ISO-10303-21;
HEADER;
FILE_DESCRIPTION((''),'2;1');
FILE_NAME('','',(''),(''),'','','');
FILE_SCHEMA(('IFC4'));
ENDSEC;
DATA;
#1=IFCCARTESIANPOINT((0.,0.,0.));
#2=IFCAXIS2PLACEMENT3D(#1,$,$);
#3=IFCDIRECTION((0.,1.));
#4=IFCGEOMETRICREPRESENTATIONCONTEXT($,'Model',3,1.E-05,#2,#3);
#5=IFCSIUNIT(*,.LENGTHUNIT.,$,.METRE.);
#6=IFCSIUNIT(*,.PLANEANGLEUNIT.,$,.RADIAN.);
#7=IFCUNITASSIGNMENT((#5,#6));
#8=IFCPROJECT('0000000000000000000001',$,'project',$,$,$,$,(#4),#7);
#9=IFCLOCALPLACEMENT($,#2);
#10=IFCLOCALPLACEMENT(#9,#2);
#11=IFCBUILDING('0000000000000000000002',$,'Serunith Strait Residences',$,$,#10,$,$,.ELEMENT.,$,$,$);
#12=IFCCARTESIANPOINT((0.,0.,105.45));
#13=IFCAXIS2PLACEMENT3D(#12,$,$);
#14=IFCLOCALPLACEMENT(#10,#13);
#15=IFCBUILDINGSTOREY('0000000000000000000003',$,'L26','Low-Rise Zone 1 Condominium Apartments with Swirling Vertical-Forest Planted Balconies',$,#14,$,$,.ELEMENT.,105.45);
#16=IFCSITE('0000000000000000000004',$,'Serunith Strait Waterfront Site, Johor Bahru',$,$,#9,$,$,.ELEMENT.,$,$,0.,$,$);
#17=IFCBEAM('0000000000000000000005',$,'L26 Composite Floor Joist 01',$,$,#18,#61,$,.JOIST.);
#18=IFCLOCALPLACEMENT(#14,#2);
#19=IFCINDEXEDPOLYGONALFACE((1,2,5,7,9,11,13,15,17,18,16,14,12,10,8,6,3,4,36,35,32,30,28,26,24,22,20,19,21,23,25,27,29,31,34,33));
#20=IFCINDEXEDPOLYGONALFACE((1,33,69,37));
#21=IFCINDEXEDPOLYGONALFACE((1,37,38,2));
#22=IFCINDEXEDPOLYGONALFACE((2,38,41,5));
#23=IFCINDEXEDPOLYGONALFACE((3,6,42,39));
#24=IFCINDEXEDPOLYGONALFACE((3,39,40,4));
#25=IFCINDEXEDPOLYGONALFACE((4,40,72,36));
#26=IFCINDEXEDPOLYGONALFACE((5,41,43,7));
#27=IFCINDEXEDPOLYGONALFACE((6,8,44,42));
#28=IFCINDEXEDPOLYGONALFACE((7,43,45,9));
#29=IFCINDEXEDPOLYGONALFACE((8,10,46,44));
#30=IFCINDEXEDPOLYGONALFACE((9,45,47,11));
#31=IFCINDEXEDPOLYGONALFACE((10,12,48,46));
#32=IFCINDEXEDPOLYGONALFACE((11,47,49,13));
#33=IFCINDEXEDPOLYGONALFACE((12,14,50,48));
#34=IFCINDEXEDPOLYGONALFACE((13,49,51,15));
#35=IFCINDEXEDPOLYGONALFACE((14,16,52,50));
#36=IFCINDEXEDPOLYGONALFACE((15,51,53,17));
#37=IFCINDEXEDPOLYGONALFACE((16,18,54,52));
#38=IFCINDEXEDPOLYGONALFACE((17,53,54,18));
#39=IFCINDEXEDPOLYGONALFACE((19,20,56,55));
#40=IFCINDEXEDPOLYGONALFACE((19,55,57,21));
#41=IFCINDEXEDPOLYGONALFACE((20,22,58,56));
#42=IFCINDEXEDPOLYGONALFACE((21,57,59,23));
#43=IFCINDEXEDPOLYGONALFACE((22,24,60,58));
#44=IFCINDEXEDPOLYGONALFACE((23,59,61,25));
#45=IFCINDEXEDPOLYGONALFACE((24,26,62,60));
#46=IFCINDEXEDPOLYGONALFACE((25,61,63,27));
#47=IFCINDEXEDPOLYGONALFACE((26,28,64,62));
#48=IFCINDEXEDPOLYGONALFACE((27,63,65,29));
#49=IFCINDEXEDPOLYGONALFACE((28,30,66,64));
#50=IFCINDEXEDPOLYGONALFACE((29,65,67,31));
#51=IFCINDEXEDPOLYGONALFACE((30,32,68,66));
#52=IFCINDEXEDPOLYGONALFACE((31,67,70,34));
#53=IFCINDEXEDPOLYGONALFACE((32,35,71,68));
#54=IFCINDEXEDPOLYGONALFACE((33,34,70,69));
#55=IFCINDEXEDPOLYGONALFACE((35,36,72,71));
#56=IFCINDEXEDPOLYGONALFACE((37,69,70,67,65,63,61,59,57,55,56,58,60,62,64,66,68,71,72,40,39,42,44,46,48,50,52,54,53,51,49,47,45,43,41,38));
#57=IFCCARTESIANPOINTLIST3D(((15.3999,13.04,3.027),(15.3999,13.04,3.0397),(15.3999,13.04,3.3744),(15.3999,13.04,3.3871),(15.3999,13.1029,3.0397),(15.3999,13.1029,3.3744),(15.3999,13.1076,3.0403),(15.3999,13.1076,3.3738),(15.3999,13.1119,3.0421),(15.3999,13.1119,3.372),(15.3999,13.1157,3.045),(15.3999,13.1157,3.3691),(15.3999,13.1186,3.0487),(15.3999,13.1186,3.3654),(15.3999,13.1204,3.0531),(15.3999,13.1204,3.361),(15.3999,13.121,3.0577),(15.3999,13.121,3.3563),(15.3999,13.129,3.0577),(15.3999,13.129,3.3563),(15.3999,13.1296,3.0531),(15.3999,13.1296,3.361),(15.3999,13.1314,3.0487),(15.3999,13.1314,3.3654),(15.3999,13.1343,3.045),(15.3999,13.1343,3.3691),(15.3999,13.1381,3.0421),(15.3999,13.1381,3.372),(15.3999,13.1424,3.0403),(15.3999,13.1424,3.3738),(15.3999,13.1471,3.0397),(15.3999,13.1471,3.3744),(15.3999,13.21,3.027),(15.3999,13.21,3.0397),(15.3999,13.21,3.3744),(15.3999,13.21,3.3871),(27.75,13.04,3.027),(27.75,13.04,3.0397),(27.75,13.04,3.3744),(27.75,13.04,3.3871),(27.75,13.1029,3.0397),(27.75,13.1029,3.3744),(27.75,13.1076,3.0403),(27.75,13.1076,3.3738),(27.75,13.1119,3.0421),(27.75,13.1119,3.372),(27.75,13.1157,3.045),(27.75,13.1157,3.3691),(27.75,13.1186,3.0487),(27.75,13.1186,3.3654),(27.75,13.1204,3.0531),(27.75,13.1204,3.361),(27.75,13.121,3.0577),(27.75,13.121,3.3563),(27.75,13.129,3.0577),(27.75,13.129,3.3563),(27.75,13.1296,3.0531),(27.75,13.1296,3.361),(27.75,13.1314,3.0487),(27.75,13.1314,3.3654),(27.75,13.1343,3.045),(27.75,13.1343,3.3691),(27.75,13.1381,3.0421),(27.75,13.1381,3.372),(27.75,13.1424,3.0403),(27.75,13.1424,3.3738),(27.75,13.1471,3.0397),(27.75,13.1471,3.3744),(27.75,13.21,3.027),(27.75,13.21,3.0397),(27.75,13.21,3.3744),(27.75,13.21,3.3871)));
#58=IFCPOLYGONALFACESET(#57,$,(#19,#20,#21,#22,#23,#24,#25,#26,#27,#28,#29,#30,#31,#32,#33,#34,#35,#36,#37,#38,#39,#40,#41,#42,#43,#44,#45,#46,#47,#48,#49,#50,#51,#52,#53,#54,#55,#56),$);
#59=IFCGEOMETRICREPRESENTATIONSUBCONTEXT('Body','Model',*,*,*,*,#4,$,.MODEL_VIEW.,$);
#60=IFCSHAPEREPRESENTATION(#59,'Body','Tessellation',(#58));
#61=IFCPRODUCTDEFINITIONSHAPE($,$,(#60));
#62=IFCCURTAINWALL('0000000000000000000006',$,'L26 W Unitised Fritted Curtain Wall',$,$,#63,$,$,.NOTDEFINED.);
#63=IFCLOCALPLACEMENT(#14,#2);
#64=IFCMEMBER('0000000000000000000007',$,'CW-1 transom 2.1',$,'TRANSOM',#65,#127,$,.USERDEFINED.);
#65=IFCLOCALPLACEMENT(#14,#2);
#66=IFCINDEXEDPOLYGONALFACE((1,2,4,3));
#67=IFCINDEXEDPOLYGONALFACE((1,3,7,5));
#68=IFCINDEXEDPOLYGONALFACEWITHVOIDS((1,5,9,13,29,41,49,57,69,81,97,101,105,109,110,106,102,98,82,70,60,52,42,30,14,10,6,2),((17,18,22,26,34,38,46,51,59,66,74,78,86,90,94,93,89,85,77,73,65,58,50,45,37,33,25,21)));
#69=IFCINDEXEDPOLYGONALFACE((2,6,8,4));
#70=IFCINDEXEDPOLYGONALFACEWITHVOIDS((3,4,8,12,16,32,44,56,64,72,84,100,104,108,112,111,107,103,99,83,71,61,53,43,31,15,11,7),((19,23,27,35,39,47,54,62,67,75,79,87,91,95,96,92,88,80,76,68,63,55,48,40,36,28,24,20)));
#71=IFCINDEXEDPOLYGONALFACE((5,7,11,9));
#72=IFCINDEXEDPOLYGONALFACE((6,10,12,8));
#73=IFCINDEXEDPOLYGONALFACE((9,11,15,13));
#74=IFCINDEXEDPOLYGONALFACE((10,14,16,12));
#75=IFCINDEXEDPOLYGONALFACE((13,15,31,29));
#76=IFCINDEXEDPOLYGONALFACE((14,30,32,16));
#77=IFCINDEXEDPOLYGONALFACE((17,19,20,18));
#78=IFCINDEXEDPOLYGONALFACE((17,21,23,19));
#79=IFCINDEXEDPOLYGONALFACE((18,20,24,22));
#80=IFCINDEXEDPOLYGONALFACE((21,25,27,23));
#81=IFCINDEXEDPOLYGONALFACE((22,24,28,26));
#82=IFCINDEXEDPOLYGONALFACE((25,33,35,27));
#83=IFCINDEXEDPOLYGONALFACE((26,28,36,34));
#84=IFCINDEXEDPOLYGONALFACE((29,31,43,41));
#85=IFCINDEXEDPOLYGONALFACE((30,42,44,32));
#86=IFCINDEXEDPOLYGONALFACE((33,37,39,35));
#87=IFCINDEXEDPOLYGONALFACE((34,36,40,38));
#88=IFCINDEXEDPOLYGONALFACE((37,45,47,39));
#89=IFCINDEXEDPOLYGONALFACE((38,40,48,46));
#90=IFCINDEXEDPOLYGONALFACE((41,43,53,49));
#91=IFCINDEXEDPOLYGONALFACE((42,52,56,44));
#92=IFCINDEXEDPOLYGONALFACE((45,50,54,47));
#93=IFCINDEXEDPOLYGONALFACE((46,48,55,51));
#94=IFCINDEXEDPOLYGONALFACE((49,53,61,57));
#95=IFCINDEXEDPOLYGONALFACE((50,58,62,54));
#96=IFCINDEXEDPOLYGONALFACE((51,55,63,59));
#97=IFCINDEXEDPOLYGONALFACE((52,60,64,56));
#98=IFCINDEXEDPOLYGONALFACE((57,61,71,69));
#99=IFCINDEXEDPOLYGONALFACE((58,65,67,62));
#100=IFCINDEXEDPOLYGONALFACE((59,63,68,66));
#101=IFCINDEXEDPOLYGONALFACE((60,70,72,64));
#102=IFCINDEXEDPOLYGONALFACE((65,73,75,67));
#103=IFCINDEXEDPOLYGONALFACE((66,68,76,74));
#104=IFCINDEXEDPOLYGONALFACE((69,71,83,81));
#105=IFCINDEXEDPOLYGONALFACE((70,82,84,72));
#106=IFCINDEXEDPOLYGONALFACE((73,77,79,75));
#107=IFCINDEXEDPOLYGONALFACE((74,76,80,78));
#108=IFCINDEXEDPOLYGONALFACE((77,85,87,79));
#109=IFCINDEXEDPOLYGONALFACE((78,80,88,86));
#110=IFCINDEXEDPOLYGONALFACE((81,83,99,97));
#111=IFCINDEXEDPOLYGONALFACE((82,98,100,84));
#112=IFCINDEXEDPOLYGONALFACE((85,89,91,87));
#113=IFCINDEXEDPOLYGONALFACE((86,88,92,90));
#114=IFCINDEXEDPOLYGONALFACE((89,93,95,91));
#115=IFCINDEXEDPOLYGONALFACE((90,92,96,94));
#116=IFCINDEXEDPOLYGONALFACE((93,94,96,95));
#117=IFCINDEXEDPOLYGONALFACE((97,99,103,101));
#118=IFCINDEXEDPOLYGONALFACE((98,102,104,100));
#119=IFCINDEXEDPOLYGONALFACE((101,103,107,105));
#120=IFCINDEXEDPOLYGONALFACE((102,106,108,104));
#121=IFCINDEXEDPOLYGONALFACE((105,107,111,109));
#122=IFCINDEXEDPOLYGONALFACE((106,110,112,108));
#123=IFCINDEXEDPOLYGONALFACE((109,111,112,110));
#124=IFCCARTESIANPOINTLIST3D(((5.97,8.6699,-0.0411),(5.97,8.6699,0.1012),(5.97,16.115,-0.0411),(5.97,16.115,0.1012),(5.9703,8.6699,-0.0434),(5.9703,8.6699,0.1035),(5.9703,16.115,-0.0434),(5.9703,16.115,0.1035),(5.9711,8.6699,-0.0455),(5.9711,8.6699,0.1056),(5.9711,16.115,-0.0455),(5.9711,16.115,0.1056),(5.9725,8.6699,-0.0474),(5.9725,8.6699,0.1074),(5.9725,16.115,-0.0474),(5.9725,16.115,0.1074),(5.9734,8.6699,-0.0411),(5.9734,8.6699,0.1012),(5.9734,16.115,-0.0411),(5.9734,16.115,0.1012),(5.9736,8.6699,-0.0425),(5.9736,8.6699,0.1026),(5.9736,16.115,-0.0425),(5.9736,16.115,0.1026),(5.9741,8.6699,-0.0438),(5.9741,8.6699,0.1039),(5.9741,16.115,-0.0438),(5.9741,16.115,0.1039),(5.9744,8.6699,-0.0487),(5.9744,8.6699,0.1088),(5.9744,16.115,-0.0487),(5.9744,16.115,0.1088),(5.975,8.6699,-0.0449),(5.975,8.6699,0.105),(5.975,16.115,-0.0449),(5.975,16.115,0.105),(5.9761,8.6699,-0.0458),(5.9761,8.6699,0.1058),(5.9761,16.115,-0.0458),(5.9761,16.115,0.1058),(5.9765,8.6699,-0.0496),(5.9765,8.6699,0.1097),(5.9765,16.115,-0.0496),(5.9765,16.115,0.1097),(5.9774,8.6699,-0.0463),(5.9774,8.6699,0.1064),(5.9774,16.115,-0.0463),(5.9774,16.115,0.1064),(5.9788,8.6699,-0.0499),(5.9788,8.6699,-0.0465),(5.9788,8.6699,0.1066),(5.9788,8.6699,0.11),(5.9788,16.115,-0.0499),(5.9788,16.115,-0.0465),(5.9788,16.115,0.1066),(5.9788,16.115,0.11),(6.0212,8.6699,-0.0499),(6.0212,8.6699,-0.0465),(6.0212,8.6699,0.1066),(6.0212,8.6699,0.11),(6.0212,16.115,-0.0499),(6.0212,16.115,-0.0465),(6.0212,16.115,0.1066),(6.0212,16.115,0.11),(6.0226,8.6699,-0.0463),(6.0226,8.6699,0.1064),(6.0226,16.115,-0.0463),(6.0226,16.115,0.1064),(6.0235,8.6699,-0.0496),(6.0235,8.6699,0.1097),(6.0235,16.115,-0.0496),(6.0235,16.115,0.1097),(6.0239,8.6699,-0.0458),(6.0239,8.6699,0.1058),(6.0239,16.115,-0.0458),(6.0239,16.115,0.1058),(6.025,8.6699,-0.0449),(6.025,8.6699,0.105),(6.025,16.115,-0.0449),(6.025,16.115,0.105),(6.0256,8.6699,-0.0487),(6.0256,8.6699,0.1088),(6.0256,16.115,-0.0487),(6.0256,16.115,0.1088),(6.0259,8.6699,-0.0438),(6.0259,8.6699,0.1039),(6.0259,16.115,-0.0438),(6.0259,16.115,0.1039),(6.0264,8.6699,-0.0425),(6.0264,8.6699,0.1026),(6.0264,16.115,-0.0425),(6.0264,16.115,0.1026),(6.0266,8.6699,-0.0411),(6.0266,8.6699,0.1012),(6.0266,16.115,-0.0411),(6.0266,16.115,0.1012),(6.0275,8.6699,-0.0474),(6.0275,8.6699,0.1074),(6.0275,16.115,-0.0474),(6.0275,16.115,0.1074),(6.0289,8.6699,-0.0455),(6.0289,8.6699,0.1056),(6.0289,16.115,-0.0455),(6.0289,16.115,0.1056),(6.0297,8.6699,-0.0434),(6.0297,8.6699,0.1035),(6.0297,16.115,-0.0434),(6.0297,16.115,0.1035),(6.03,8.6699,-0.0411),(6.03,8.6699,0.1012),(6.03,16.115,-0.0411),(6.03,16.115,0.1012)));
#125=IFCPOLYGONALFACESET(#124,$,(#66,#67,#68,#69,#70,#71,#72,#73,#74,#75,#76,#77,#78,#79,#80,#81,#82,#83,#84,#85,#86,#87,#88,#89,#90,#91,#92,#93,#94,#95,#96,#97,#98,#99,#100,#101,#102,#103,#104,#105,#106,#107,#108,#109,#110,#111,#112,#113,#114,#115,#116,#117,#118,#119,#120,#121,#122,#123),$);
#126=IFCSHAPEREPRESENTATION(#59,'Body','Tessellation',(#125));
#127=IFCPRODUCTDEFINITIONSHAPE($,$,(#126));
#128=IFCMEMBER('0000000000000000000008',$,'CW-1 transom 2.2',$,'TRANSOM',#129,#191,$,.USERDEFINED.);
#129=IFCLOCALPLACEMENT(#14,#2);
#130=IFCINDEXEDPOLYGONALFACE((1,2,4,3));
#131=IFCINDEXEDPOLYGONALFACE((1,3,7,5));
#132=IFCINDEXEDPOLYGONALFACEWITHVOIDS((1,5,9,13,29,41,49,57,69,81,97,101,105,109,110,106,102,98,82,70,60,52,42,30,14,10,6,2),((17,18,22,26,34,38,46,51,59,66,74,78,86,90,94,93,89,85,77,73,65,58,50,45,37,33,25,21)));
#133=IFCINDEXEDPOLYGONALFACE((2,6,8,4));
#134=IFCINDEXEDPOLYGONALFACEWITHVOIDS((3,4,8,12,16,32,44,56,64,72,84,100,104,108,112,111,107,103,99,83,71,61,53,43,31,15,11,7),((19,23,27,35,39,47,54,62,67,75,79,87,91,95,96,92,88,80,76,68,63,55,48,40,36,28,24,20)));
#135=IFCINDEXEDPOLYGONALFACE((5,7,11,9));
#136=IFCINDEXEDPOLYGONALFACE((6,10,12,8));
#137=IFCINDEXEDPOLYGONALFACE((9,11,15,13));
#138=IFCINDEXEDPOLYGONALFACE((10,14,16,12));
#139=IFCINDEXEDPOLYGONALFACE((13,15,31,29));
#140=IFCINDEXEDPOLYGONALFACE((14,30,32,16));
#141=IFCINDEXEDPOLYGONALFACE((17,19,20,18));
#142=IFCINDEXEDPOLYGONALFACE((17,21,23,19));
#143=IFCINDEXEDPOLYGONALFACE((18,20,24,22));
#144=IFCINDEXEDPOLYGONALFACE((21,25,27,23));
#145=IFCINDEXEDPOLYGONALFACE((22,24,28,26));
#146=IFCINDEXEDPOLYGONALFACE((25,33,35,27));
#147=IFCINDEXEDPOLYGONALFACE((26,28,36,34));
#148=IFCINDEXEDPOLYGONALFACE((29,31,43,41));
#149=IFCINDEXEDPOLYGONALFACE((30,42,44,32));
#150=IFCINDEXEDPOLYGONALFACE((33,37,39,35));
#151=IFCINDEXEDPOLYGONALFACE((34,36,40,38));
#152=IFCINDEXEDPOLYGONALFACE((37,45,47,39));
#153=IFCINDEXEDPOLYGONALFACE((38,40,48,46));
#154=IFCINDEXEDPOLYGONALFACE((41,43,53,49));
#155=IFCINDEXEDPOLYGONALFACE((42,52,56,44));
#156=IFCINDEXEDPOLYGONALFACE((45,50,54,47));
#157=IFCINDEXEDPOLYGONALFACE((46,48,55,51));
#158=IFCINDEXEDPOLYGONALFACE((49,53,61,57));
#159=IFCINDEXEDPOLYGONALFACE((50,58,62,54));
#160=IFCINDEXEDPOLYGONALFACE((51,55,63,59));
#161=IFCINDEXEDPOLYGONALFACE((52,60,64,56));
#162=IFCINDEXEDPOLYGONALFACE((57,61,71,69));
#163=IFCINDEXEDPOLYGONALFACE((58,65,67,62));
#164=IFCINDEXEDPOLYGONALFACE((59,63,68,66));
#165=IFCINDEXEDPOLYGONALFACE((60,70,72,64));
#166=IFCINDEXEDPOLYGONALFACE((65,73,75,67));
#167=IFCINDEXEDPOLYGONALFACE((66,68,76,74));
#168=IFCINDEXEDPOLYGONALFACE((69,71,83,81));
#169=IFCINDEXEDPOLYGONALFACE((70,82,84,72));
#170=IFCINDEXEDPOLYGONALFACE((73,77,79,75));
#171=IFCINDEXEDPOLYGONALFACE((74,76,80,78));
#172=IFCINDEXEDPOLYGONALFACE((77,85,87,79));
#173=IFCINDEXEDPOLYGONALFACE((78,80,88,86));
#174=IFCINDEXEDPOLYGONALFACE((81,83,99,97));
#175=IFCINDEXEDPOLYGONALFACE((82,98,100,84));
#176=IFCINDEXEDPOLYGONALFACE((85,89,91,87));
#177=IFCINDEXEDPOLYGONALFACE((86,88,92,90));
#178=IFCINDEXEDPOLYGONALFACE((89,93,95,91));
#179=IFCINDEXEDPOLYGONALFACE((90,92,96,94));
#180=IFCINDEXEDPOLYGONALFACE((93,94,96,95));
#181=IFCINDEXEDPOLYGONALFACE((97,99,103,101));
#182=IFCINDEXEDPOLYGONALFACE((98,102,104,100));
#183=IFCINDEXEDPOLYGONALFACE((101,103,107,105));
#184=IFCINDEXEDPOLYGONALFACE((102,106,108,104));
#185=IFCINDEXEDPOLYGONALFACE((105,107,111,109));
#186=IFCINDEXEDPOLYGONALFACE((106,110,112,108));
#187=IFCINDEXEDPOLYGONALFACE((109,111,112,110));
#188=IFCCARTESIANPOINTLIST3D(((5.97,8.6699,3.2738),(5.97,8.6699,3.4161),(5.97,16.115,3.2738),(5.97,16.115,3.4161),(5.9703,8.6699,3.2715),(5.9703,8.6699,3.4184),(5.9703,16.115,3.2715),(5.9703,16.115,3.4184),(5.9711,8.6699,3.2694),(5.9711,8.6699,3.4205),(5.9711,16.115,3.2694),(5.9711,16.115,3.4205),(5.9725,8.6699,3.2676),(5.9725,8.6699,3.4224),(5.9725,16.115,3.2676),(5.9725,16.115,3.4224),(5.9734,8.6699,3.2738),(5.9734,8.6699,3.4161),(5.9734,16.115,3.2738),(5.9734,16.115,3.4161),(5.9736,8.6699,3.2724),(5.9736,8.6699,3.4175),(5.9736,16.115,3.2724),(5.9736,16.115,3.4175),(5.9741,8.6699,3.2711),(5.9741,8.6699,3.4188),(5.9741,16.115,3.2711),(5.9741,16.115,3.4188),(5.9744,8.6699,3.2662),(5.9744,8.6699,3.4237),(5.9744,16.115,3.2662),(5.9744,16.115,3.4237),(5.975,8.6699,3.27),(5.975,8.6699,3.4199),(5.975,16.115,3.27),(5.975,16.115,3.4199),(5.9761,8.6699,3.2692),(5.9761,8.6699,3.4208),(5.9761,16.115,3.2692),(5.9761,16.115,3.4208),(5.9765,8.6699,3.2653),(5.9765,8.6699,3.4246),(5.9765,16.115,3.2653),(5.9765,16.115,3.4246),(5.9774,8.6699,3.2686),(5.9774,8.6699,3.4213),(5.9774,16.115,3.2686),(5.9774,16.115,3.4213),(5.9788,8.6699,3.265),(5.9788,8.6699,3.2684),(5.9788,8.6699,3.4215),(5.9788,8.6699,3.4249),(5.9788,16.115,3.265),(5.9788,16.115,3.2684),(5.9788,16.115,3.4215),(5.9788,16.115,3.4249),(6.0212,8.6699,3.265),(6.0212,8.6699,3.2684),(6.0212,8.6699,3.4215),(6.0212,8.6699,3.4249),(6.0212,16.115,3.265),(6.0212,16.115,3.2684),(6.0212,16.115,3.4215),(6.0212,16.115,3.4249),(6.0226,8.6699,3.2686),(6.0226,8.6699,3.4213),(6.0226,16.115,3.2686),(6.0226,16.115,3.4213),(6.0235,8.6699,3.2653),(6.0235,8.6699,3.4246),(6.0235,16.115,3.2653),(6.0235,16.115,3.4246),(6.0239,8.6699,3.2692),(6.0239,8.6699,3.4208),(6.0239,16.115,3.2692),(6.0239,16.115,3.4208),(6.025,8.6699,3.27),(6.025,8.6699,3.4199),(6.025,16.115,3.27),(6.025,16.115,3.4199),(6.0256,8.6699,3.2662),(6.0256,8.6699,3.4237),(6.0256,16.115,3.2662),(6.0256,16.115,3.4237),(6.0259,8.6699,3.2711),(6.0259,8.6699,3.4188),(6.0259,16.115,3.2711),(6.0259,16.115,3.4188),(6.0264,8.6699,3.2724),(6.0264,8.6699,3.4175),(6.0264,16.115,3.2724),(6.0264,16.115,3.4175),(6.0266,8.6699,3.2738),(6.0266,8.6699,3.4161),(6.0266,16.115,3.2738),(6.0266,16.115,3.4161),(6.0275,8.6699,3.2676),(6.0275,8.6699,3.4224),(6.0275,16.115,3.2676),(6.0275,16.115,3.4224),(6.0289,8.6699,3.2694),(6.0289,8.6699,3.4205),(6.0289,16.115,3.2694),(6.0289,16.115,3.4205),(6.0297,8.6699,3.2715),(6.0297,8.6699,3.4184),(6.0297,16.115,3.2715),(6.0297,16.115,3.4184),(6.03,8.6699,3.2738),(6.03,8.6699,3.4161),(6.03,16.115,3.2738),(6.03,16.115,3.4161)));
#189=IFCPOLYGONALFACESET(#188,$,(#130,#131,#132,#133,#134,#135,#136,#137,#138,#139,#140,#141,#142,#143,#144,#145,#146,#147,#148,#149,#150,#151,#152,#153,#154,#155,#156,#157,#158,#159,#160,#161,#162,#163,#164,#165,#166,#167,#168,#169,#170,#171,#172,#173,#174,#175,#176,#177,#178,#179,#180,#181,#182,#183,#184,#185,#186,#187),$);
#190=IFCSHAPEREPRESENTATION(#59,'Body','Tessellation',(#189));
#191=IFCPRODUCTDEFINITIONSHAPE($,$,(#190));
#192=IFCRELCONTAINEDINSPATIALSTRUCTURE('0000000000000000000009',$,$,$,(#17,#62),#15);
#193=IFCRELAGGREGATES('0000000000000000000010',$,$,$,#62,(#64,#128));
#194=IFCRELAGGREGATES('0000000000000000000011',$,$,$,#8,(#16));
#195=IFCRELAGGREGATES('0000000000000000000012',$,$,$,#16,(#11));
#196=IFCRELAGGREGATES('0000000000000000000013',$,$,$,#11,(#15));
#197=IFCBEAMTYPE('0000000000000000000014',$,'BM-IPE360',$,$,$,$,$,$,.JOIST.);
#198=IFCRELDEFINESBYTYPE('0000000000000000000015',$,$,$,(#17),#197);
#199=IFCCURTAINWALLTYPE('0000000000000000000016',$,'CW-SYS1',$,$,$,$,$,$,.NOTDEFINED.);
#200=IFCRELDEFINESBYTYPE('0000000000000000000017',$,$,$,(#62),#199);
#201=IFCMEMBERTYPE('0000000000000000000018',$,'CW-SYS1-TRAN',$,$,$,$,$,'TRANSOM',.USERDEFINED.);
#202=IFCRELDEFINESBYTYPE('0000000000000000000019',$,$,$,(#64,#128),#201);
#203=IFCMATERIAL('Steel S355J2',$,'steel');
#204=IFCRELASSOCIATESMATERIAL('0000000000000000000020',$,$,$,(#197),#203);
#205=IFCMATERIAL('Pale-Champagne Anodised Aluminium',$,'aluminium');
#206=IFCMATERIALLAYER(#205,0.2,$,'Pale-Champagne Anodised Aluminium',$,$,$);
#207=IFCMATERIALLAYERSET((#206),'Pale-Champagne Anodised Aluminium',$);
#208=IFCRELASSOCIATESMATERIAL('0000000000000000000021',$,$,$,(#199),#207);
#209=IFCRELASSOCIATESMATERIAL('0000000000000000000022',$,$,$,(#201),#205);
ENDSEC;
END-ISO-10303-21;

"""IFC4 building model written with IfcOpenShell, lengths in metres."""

from ifc_helpers import new_model, si_unit, direction, frame, origin, origin_2d, place, context, subcontext, project, spatial, hollow_rectangle, i_section, extrude, source, transform, mapped, material, layer, layer_set, material_profile, profile_set, type_object, element, aggregate, save


model = new_model("IFC4")

# Units and contexts
model_context = context("Model", 3, precision=1e-05, world=origin(), true_north=direction((0.0, 1.0)))
body_context = subcontext(model_context, "Body", "Model", "MODEL_VIEW")
ifc_project = project(units=[si_unit("LENGTHUNIT", "METRE"), si_unit("PLANEANGLEUNIT", "RADIAN")], contexts=[model_context])

# Site, building, storey
site_placement = place(None, origin())
site = spatial("IfcSite", under=ifc_project, at=site_placement, Name="Serunith Strait Waterfront Site, Johor Bahru", CompositionType="ELEMENT", RefElevation=0.0)
building_placement = place(site_placement, origin())
building = spatial("IfcBuilding", under=site, at=building_placement, Name="Serunith Strait Residences", CompositionType="ELEMENT")
storey_placement = place(building_placement, frame((0.0, 0.0, 105.45)))
storey = spatial("IfcBuildingStorey", under=building, at=storey_placement, Name="L26", Description="Low-Rise Zone 1 Condominium Apartments with Swirling Vertical-Forest Planted Balconies", CompositionType="ELEMENT", Elevation=105.45)

# Beam
ifc_material_1 = material(Name="Steel S355J2", Category="steel")
ifc_material_profile_1 = material_profile(ifc_material_1, i_section(OverallWidth=0.1699, OverallDepth=0.3601, WebThickness=0.0081, FlangeThickness=0.0127, FilletRadius=0.0181, at=origin_2d()), Name="IPE 360")
ifc_profile_set_1 = profile_set([ifc_material_profile_1], Name="Steel S355J2")
beam_type_1 = type_object("IfcBeamType", Name="BM-IPE360", PredefinedType="JOIST", material=ifc_profile_set_1)
shared_shape_1 = source(origin(), body_context, "Body", "SweptSolid", [
    extrude(i_section(OverallWidth=0.1699, OverallDepth=0.3601, WebThickness=0.0081, FlangeThickness=0.0127, FilletRadius=0.0181, at=origin_2d()), origin(), (0.0, 0.0, 1.0), 12.3501),
])
beam_1_placement = place(storey_placement, frame((15.3999, 13.125, 3.207), z_axis=(1.0, 0.0, 0.0), x_axis=(0.0, 1.0, 0.0)))
element("IfcBeam", 1, at=beam_1_placement, inside=storey, type_object=beam_type_1, Name="L26 Composite Floor Joist 01", PredefinedType="JOIST", context=body_context, shape_type="MappedRepresentation", body=[
    mapped(shared_shape_1, transform((0.0, 0.0, 0.0), scale=1.0)),
])

# Curtain wall, members
ifc_material_2 = material(Name="Pale-Champagne Anodised Aluminium", Category="aluminium")
ifc_layer_1 = layer(ifc_material_2, 0.2, Name="Pale-Champagne Anodised Aluminium")
ifc_layer_set_1 = layer_set([ifc_layer_1], Name="Pale-Champagne Anodised Aluminium")
curtain_wall_type = type_object("IfcCurtainWallType", Name="CW-SYS1", PredefinedType="NOTDEFINED", material=ifc_layer_set_1)
curtain_wall_placement = place(storey_placement, origin())
curtain_wall = element("IfcCurtainWall", 2, at=curtain_wall_placement, inside=storey, type_object=curtain_wall_type, Name="L26 W Unitised Fritted Curtain Wall", PredefinedType="NOTDEFINED")
ifc_material_profile_2 = material_profile(ifc_material_2, hollow_rectangle(XDim=0.0601, YDim=0.1599, WallThickness=0.0034, InnerFilletRadius=0.0054, OuterFilletRadius=0.0088, at=origin_2d()), Name="ALU 160x60x3.5")
ifc_profile_set_2 = profile_set([ifc_material_profile_2], Name="Pale-Champagne Anodised Aluminium")
member_type_1 = type_object("IfcMemberType", Name="CW-SYS1-TRAN", ElementType="TRANSOM", PredefinedType="USERDEFINED", material=ifc_profile_set_2)
shared_shape_2 = source(origin(), body_context, "Body", "SweptSolid", [
    extrude(hollow_rectangle(XDim=0.0601, YDim=0.1599, WallThickness=0.0034, InnerFilletRadius=0.0054, OuterFilletRadius=0.0088, at=origin_2d()), origin(), (0.0, 0.0, 1.0), 7.4451),
])
member_1_placement = place(storey_placement, frame((6.0, 16.115, 0.03), z_axis=(0.0, -1.0, 0.0), x_axis=(1.0, 0.0, 0.0)))
member_1 = element("IfcMember", 3, at=member_1_placement, type_object=member_type_1, Name="CW-1 transom 2.1", ObjectType="TRANSOM", PredefinedType="USERDEFINED", context=body_context, shape_type="MappedRepresentation", body=[
    mapped(shared_shape_2, transform((0.0, 0.0, 0.0), scale=1.0)),
])
member_2_placement = place(storey_placement, frame((6.0, 16.115, 3.345), z_axis=(0.0, -1.0, 0.0), x_axis=(1.0, 0.0, 0.0)))
member_2 = element("IfcMember", 4, at=member_2_placement, type_object=member_type_1, Name="CW-1 transom 2.2", ObjectType="TRANSOM", PredefinedType="USERDEFINED", context=body_context, shape_type="MappedRepresentation", body=[
    mapped(shared_shape_2, transform((0.0, 0.0, 0.0), scale=1.0)),
])
aggregate(curtain_wall, [member_1, member_2])

save(model, "model.ifc")
